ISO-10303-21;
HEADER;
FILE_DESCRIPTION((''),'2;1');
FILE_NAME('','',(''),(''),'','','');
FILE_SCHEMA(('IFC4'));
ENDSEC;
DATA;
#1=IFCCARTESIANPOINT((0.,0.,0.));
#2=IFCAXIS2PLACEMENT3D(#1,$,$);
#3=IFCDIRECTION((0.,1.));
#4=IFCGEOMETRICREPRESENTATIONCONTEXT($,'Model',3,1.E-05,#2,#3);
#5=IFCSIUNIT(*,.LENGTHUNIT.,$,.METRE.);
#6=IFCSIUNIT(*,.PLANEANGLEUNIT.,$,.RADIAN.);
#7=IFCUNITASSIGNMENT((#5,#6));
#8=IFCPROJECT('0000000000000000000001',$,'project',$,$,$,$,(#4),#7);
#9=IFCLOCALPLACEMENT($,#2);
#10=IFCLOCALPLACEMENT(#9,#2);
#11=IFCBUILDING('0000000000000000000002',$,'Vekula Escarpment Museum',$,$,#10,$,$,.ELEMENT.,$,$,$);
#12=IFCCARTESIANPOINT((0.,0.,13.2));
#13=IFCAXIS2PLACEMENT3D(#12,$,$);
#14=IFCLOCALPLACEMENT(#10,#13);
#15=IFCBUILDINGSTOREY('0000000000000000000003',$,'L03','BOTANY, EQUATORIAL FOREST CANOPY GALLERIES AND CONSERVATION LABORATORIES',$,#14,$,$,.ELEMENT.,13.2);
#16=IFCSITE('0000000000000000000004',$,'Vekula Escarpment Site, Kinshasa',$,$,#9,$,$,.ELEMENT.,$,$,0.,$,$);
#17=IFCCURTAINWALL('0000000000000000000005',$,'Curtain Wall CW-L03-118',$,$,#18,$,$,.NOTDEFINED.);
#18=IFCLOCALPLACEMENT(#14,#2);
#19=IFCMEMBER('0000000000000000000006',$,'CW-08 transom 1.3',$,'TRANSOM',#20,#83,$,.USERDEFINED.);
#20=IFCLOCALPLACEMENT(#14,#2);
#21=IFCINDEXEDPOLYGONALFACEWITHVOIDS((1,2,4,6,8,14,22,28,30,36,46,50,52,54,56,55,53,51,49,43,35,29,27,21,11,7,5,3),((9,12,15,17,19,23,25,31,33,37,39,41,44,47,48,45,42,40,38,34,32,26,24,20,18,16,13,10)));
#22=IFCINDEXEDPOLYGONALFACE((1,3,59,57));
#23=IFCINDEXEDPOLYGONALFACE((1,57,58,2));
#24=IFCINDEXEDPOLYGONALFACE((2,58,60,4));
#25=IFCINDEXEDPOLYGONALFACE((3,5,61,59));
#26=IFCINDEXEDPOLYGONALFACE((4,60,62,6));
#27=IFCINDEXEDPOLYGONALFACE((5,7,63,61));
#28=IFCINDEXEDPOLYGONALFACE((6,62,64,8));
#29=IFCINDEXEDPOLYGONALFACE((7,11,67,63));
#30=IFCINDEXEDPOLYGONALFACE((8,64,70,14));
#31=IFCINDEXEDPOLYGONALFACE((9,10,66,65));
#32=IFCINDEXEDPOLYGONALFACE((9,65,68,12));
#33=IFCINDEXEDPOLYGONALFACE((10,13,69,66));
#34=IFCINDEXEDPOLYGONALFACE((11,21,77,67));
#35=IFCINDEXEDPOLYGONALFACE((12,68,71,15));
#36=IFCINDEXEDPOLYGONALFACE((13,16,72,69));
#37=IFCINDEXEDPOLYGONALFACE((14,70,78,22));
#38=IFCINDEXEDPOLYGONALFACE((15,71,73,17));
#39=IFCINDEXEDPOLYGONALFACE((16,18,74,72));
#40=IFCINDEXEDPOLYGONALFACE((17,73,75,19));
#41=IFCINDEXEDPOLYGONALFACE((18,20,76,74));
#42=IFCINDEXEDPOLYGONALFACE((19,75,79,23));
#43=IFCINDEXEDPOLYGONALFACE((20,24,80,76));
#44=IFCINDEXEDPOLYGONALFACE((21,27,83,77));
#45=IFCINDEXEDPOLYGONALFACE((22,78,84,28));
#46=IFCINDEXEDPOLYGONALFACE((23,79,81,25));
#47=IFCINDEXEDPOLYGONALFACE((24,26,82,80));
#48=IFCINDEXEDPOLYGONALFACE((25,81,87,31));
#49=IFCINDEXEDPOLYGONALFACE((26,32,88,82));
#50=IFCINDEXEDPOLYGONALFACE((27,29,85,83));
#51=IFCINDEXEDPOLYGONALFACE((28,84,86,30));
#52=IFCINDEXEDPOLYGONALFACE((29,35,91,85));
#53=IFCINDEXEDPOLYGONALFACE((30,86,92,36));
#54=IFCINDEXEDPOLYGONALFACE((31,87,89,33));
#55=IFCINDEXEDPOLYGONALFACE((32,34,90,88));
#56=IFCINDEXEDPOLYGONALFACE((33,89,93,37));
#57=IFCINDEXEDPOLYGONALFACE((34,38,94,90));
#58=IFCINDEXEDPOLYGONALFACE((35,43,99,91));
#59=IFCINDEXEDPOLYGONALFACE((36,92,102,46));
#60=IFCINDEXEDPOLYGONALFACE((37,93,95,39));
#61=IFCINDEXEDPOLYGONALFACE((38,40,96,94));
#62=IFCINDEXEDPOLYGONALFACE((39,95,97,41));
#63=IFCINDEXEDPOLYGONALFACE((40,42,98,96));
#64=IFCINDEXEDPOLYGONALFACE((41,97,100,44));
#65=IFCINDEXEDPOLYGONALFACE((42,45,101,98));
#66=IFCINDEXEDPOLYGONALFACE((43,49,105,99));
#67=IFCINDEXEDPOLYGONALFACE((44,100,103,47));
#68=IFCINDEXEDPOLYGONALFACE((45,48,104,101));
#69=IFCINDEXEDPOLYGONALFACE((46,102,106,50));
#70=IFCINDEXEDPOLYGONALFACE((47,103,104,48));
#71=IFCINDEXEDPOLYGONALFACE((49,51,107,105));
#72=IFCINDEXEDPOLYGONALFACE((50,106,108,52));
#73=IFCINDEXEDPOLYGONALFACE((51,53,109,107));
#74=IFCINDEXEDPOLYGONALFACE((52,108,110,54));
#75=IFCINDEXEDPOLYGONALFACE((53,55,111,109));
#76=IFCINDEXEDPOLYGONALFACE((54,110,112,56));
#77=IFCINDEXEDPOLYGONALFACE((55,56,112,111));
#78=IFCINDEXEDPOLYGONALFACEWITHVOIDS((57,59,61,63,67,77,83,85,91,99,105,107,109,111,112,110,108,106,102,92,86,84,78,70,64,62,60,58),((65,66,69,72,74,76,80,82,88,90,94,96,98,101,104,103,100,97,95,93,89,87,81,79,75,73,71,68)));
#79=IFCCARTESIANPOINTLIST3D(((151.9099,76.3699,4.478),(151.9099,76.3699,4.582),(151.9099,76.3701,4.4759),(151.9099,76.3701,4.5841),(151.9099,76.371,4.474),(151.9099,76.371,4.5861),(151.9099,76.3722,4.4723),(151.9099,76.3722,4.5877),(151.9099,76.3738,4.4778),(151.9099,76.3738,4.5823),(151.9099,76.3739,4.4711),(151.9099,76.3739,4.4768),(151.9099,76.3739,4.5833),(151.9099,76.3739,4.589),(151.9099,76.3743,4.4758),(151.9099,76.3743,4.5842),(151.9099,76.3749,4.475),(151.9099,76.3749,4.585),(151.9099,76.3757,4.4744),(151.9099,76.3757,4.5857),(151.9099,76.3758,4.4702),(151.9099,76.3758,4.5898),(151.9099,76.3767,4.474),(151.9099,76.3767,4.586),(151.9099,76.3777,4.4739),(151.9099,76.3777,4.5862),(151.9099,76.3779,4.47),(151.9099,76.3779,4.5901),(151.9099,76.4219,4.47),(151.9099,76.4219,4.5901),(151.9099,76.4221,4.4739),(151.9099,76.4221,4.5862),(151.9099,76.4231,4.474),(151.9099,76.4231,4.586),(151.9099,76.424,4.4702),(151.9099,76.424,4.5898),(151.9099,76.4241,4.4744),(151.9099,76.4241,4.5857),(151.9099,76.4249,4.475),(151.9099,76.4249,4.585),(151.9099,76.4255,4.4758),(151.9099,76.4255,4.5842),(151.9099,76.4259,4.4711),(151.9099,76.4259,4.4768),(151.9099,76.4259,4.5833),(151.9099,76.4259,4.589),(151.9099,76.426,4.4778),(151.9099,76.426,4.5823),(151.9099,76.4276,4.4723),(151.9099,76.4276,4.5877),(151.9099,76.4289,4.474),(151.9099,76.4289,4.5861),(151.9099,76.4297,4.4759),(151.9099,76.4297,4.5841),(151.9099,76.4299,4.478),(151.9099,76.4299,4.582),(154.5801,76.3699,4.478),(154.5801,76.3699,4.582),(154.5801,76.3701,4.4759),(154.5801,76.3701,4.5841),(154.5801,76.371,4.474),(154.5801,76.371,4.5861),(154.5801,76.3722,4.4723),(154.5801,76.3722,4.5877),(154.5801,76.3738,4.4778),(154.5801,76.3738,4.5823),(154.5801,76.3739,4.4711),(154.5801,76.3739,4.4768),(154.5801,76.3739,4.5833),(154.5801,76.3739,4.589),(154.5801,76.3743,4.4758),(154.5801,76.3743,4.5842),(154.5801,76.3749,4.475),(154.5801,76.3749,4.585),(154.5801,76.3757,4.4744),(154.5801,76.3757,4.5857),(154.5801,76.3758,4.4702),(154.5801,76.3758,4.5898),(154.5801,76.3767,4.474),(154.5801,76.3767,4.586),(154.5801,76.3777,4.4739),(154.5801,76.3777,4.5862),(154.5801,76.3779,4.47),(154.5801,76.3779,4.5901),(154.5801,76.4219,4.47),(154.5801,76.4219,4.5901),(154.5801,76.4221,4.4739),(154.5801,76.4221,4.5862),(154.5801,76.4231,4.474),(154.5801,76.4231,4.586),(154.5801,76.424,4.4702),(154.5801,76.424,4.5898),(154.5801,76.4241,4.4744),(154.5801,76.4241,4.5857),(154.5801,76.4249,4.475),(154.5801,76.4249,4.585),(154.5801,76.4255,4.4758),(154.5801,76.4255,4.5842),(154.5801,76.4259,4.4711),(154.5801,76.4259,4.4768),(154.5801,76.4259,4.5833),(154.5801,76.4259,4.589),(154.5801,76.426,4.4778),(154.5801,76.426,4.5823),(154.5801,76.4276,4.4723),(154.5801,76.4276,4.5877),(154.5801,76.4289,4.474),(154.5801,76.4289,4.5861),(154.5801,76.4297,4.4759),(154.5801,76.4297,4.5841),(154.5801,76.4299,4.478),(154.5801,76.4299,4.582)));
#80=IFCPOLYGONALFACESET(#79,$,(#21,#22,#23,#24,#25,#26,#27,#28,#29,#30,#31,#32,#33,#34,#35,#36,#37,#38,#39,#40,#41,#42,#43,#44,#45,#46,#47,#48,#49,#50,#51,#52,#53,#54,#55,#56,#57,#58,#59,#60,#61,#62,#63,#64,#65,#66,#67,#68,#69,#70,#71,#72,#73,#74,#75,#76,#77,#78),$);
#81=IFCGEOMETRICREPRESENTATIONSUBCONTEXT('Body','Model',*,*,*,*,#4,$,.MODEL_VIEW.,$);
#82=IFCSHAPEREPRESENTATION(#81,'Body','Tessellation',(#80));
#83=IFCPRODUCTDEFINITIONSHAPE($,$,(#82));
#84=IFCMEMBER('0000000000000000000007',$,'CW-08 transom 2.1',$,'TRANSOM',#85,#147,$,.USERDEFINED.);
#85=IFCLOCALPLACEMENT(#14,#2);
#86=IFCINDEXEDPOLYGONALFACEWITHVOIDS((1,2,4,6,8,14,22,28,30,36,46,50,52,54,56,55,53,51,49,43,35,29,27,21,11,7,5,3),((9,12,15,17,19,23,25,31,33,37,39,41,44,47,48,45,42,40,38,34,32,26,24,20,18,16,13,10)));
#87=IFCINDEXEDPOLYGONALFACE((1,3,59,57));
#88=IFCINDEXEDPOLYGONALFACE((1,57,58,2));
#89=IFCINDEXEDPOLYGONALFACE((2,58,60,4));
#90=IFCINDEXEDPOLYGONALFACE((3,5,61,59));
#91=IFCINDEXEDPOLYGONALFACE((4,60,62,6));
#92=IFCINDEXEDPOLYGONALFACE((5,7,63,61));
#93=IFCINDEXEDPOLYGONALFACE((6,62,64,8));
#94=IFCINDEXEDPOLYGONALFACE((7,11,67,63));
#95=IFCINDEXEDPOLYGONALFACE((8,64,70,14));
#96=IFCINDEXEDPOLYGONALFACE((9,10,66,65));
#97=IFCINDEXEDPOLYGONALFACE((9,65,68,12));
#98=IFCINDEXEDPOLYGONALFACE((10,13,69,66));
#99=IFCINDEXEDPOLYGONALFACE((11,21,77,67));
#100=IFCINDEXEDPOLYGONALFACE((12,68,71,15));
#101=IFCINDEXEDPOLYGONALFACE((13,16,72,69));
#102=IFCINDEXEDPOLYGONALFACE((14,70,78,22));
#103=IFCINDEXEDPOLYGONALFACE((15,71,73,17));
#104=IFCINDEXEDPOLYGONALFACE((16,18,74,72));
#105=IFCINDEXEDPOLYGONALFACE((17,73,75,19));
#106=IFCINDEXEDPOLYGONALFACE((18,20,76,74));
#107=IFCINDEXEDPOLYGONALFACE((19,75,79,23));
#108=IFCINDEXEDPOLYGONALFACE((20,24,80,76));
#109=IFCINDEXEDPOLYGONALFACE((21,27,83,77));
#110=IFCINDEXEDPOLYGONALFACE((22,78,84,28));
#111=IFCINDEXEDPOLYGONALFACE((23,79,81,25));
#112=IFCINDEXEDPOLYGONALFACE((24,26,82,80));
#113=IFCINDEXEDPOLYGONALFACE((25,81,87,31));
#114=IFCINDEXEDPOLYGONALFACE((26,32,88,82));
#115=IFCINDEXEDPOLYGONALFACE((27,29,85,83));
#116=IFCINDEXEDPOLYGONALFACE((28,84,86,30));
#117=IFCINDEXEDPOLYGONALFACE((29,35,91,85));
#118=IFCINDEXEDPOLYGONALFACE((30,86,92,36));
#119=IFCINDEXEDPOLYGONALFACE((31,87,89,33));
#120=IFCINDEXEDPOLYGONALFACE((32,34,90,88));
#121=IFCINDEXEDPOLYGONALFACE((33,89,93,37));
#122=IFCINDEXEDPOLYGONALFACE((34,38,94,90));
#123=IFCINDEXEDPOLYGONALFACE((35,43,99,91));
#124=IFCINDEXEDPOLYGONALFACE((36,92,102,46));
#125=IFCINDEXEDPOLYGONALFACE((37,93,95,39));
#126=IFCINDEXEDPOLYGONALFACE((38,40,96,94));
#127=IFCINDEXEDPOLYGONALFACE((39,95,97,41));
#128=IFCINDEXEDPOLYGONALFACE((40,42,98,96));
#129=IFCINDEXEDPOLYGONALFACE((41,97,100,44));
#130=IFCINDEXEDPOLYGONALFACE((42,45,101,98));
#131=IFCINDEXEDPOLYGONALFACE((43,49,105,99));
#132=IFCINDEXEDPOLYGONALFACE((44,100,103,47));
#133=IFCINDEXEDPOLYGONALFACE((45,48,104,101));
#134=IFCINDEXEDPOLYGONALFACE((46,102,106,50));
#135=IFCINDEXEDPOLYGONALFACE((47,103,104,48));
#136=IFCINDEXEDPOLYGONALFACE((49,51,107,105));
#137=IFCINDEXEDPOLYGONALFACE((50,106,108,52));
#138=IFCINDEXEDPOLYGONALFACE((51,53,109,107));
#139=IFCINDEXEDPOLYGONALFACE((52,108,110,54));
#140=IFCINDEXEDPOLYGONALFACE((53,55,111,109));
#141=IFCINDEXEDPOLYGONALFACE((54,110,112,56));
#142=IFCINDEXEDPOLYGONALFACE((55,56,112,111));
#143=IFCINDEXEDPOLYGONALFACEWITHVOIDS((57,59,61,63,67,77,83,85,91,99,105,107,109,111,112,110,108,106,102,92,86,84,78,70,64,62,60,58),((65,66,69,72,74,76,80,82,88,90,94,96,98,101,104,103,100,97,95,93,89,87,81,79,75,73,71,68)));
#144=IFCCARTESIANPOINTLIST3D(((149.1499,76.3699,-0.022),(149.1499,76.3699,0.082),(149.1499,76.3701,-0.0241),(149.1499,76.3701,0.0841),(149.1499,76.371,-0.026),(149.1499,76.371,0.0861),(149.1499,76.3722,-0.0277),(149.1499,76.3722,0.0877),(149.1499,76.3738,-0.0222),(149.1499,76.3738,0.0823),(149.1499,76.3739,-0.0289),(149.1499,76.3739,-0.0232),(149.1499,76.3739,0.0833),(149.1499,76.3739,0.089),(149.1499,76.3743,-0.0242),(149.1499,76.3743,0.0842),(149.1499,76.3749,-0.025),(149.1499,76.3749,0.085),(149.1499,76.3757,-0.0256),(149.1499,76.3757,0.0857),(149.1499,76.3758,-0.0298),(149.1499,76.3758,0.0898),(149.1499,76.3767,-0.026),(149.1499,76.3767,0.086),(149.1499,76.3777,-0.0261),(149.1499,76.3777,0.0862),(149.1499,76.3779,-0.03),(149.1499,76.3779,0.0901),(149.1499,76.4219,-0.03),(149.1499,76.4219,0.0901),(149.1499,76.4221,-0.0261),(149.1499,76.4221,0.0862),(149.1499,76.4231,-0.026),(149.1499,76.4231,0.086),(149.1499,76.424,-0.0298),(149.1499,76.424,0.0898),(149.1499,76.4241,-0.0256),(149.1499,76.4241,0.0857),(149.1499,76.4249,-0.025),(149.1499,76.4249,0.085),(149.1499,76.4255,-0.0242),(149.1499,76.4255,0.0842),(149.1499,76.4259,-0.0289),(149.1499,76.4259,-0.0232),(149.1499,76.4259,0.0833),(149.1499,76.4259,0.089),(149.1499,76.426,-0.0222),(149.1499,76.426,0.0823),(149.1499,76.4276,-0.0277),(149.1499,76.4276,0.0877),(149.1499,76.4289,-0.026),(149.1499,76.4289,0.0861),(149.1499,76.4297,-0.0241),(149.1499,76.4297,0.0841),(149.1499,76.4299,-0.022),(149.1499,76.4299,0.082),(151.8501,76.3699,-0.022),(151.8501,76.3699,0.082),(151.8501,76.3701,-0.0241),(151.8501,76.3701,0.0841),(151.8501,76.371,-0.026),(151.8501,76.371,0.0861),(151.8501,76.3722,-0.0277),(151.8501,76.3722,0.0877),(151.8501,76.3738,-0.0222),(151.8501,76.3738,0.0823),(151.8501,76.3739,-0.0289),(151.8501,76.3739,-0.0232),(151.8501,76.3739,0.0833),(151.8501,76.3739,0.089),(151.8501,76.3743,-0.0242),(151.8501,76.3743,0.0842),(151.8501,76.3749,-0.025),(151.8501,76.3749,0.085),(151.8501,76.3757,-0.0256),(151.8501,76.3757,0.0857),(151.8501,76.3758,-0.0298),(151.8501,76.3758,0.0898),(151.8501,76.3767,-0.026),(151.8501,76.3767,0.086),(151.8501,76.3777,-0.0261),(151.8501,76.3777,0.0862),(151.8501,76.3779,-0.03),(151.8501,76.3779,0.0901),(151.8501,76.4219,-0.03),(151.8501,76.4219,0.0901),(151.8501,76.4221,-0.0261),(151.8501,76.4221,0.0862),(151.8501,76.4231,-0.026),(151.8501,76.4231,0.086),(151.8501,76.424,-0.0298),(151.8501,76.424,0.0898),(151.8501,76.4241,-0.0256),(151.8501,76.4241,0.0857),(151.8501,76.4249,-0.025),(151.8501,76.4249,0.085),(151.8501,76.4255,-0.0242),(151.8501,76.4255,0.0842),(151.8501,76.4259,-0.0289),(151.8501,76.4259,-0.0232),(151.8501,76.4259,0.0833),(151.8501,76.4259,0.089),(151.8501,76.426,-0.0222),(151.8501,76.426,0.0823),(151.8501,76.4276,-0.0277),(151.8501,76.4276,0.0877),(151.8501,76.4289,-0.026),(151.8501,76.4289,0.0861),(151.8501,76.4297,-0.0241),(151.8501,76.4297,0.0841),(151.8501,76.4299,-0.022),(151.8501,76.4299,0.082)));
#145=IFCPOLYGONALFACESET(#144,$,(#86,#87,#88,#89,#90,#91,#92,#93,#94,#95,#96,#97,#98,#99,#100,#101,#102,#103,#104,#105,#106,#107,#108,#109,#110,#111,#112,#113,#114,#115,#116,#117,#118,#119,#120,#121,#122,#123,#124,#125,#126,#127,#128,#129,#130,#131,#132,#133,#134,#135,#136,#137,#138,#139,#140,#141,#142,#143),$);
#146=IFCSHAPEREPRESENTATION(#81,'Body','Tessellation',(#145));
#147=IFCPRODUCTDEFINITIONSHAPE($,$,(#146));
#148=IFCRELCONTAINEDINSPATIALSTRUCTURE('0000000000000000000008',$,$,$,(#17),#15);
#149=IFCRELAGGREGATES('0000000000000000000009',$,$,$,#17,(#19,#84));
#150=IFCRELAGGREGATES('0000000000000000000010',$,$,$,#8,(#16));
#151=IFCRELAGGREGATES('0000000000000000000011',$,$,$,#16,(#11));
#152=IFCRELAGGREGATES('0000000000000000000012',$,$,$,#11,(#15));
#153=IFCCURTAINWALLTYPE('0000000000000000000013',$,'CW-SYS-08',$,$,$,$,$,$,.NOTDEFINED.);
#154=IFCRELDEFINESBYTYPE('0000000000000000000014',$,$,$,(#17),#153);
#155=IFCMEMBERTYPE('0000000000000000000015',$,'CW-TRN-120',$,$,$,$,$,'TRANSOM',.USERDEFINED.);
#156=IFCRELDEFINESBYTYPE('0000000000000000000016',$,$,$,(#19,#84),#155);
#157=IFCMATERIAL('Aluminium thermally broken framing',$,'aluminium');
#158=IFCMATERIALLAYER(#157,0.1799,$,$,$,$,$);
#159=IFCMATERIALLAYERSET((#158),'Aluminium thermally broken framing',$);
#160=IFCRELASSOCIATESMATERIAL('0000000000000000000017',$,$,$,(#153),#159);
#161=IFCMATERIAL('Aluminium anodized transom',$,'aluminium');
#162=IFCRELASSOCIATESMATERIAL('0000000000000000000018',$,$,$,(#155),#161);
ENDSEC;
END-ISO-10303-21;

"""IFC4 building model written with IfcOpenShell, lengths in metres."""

from ifc_helpers import new_model, si_unit, direction, frame, origin, origin_2d, place, context, subcontext, project, spatial, hollow_rectangle, extrude, material, layer, layer_set, material_profile, profile_set, type_object, element, aggregate, save


model = new_model("IFC4")

# Units and contexts
model_context = context("Model", 3, precision=1e-05, world=origin(), true_north=direction((0.0, 1.0)))
body_context = subcontext(model_context, "Body", "Model", "MODEL_VIEW")
ifc_project = project(units=[si_unit("LENGTHUNIT", "METRE"), si_unit("PLANEANGLEUNIT", "RADIAN")], contexts=[model_context])

# Site, building, storey
site_placement = place(None, origin())
site = spatial("IfcSite", under=ifc_project, at=site_placement, Name="Vekula Escarpment Site, Kinshasa", CompositionType="ELEMENT", RefElevation=0.0)
building_placement = place(site_placement, origin())
building = spatial("IfcBuilding", under=site, at=building_placement, Name="Vekula Escarpment Museum", CompositionType="ELEMENT")
storey_placement = place(building_placement, frame((0.0, 0.0, 13.2)))
storey = spatial("IfcBuildingStorey", under=building, at=storey_placement, Name="L03", Description="BOTANY, EQUATORIAL FOREST CANOPY GALLERIES AND CONSERVATION LABORATORIES", CompositionType="ELEMENT", Elevation=13.2)

# Curtain wall
ifc_material_1 = material(Name="Aluminium thermally broken framing", Category="aluminium")
ifc_layer_1 = layer(ifc_material_1, 0.1799)
ifc_layer_set_1 = layer_set([ifc_layer_1], Name="Aluminium thermally broken framing")
curtain_wall_type_1 = type_object("IfcCurtainWallType", Name="CW-SYS-08", PredefinedType="NOTDEFINED", material=ifc_layer_set_1)
curtain_wall_1_placement = place(storey_placement, origin())
curtain_wall_1 = element("IfcCurtainWall", 1, at=curtain_wall_1_placement, inside=storey, type_object=curtain_wall_type_1, Name="Curtain Wall CW-L03-118", PredefinedType="NOTDEFINED")

# Members
ifc_material_2 = material(Name="Aluminium anodized transom", Category="aluminium")
ifc_material_profile_1 = material_profile(ifc_material_2, hollow_rectangle(XDim=0.0601, YDim=0.1201, WallThickness=0.0039, InnerFilletRadius=0.0039, OuterFilletRadius=0.0081, at=origin_2d()), Name="ALU 120x60x4")
ifc_profile_set_1 = profile_set([ifc_material_profile_1], Name="Aluminium anodized transom")
member_type_1 = type_object("IfcMemberType", Name="CW-TRN-120", ElementType="TRANSOM", PredefinedType="USERDEFINED", material=ifc_profile_set_1)
member_1_placement = place(storey_placement, frame((154.5801, 76.3999, 4.53), z_axis=(-1.0, 0.0, 0.0), x_axis=(0.0, -1.0, 0.0)))
member_1 = element("IfcMember", 2, at=member_1_placement, type_object=member_type_1, Name="CW-08 transom 1.3", ObjectType="TRANSOM", PredefinedType="USERDEFINED", context=body_context, shape_type="SweptSolid", body=[
    extrude(hollow_rectangle(XDim=0.0601, YDim=0.1201, WallThickness=0.0039, InnerFilletRadius=0.0039, OuterFilletRadius=0.0081, at=origin_2d()), origin(), (0.0, 0.0, 1.0), 2.6702),
])
member_2_placement = place(storey_placement, frame((151.8501, 76.3999, 0.03), z_axis=(-1.0, 0.0, 0.0), x_axis=(0.0, -1.0, 0.0)))
member_2 = element("IfcMember", 3, at=member_2_placement, type_object=member_type_1, Name="CW-08 transom 2.1", ObjectType="TRANSOM", PredefinedType="USERDEFINED", context=body_context, shape_type="SweptSolid", body=[
    extrude(hollow_rectangle(XDim=0.0601, YDim=0.1201, WallThickness=0.0039, InnerFilletRadius=0.0039, OuterFilletRadius=0.0081, at=origin_2d()), origin(), (0.0, 0.0, 1.0), 2.7002),
])

aggregate(curtain_wall_1, [member_1, member_2])

save(model, "model.ifc")
